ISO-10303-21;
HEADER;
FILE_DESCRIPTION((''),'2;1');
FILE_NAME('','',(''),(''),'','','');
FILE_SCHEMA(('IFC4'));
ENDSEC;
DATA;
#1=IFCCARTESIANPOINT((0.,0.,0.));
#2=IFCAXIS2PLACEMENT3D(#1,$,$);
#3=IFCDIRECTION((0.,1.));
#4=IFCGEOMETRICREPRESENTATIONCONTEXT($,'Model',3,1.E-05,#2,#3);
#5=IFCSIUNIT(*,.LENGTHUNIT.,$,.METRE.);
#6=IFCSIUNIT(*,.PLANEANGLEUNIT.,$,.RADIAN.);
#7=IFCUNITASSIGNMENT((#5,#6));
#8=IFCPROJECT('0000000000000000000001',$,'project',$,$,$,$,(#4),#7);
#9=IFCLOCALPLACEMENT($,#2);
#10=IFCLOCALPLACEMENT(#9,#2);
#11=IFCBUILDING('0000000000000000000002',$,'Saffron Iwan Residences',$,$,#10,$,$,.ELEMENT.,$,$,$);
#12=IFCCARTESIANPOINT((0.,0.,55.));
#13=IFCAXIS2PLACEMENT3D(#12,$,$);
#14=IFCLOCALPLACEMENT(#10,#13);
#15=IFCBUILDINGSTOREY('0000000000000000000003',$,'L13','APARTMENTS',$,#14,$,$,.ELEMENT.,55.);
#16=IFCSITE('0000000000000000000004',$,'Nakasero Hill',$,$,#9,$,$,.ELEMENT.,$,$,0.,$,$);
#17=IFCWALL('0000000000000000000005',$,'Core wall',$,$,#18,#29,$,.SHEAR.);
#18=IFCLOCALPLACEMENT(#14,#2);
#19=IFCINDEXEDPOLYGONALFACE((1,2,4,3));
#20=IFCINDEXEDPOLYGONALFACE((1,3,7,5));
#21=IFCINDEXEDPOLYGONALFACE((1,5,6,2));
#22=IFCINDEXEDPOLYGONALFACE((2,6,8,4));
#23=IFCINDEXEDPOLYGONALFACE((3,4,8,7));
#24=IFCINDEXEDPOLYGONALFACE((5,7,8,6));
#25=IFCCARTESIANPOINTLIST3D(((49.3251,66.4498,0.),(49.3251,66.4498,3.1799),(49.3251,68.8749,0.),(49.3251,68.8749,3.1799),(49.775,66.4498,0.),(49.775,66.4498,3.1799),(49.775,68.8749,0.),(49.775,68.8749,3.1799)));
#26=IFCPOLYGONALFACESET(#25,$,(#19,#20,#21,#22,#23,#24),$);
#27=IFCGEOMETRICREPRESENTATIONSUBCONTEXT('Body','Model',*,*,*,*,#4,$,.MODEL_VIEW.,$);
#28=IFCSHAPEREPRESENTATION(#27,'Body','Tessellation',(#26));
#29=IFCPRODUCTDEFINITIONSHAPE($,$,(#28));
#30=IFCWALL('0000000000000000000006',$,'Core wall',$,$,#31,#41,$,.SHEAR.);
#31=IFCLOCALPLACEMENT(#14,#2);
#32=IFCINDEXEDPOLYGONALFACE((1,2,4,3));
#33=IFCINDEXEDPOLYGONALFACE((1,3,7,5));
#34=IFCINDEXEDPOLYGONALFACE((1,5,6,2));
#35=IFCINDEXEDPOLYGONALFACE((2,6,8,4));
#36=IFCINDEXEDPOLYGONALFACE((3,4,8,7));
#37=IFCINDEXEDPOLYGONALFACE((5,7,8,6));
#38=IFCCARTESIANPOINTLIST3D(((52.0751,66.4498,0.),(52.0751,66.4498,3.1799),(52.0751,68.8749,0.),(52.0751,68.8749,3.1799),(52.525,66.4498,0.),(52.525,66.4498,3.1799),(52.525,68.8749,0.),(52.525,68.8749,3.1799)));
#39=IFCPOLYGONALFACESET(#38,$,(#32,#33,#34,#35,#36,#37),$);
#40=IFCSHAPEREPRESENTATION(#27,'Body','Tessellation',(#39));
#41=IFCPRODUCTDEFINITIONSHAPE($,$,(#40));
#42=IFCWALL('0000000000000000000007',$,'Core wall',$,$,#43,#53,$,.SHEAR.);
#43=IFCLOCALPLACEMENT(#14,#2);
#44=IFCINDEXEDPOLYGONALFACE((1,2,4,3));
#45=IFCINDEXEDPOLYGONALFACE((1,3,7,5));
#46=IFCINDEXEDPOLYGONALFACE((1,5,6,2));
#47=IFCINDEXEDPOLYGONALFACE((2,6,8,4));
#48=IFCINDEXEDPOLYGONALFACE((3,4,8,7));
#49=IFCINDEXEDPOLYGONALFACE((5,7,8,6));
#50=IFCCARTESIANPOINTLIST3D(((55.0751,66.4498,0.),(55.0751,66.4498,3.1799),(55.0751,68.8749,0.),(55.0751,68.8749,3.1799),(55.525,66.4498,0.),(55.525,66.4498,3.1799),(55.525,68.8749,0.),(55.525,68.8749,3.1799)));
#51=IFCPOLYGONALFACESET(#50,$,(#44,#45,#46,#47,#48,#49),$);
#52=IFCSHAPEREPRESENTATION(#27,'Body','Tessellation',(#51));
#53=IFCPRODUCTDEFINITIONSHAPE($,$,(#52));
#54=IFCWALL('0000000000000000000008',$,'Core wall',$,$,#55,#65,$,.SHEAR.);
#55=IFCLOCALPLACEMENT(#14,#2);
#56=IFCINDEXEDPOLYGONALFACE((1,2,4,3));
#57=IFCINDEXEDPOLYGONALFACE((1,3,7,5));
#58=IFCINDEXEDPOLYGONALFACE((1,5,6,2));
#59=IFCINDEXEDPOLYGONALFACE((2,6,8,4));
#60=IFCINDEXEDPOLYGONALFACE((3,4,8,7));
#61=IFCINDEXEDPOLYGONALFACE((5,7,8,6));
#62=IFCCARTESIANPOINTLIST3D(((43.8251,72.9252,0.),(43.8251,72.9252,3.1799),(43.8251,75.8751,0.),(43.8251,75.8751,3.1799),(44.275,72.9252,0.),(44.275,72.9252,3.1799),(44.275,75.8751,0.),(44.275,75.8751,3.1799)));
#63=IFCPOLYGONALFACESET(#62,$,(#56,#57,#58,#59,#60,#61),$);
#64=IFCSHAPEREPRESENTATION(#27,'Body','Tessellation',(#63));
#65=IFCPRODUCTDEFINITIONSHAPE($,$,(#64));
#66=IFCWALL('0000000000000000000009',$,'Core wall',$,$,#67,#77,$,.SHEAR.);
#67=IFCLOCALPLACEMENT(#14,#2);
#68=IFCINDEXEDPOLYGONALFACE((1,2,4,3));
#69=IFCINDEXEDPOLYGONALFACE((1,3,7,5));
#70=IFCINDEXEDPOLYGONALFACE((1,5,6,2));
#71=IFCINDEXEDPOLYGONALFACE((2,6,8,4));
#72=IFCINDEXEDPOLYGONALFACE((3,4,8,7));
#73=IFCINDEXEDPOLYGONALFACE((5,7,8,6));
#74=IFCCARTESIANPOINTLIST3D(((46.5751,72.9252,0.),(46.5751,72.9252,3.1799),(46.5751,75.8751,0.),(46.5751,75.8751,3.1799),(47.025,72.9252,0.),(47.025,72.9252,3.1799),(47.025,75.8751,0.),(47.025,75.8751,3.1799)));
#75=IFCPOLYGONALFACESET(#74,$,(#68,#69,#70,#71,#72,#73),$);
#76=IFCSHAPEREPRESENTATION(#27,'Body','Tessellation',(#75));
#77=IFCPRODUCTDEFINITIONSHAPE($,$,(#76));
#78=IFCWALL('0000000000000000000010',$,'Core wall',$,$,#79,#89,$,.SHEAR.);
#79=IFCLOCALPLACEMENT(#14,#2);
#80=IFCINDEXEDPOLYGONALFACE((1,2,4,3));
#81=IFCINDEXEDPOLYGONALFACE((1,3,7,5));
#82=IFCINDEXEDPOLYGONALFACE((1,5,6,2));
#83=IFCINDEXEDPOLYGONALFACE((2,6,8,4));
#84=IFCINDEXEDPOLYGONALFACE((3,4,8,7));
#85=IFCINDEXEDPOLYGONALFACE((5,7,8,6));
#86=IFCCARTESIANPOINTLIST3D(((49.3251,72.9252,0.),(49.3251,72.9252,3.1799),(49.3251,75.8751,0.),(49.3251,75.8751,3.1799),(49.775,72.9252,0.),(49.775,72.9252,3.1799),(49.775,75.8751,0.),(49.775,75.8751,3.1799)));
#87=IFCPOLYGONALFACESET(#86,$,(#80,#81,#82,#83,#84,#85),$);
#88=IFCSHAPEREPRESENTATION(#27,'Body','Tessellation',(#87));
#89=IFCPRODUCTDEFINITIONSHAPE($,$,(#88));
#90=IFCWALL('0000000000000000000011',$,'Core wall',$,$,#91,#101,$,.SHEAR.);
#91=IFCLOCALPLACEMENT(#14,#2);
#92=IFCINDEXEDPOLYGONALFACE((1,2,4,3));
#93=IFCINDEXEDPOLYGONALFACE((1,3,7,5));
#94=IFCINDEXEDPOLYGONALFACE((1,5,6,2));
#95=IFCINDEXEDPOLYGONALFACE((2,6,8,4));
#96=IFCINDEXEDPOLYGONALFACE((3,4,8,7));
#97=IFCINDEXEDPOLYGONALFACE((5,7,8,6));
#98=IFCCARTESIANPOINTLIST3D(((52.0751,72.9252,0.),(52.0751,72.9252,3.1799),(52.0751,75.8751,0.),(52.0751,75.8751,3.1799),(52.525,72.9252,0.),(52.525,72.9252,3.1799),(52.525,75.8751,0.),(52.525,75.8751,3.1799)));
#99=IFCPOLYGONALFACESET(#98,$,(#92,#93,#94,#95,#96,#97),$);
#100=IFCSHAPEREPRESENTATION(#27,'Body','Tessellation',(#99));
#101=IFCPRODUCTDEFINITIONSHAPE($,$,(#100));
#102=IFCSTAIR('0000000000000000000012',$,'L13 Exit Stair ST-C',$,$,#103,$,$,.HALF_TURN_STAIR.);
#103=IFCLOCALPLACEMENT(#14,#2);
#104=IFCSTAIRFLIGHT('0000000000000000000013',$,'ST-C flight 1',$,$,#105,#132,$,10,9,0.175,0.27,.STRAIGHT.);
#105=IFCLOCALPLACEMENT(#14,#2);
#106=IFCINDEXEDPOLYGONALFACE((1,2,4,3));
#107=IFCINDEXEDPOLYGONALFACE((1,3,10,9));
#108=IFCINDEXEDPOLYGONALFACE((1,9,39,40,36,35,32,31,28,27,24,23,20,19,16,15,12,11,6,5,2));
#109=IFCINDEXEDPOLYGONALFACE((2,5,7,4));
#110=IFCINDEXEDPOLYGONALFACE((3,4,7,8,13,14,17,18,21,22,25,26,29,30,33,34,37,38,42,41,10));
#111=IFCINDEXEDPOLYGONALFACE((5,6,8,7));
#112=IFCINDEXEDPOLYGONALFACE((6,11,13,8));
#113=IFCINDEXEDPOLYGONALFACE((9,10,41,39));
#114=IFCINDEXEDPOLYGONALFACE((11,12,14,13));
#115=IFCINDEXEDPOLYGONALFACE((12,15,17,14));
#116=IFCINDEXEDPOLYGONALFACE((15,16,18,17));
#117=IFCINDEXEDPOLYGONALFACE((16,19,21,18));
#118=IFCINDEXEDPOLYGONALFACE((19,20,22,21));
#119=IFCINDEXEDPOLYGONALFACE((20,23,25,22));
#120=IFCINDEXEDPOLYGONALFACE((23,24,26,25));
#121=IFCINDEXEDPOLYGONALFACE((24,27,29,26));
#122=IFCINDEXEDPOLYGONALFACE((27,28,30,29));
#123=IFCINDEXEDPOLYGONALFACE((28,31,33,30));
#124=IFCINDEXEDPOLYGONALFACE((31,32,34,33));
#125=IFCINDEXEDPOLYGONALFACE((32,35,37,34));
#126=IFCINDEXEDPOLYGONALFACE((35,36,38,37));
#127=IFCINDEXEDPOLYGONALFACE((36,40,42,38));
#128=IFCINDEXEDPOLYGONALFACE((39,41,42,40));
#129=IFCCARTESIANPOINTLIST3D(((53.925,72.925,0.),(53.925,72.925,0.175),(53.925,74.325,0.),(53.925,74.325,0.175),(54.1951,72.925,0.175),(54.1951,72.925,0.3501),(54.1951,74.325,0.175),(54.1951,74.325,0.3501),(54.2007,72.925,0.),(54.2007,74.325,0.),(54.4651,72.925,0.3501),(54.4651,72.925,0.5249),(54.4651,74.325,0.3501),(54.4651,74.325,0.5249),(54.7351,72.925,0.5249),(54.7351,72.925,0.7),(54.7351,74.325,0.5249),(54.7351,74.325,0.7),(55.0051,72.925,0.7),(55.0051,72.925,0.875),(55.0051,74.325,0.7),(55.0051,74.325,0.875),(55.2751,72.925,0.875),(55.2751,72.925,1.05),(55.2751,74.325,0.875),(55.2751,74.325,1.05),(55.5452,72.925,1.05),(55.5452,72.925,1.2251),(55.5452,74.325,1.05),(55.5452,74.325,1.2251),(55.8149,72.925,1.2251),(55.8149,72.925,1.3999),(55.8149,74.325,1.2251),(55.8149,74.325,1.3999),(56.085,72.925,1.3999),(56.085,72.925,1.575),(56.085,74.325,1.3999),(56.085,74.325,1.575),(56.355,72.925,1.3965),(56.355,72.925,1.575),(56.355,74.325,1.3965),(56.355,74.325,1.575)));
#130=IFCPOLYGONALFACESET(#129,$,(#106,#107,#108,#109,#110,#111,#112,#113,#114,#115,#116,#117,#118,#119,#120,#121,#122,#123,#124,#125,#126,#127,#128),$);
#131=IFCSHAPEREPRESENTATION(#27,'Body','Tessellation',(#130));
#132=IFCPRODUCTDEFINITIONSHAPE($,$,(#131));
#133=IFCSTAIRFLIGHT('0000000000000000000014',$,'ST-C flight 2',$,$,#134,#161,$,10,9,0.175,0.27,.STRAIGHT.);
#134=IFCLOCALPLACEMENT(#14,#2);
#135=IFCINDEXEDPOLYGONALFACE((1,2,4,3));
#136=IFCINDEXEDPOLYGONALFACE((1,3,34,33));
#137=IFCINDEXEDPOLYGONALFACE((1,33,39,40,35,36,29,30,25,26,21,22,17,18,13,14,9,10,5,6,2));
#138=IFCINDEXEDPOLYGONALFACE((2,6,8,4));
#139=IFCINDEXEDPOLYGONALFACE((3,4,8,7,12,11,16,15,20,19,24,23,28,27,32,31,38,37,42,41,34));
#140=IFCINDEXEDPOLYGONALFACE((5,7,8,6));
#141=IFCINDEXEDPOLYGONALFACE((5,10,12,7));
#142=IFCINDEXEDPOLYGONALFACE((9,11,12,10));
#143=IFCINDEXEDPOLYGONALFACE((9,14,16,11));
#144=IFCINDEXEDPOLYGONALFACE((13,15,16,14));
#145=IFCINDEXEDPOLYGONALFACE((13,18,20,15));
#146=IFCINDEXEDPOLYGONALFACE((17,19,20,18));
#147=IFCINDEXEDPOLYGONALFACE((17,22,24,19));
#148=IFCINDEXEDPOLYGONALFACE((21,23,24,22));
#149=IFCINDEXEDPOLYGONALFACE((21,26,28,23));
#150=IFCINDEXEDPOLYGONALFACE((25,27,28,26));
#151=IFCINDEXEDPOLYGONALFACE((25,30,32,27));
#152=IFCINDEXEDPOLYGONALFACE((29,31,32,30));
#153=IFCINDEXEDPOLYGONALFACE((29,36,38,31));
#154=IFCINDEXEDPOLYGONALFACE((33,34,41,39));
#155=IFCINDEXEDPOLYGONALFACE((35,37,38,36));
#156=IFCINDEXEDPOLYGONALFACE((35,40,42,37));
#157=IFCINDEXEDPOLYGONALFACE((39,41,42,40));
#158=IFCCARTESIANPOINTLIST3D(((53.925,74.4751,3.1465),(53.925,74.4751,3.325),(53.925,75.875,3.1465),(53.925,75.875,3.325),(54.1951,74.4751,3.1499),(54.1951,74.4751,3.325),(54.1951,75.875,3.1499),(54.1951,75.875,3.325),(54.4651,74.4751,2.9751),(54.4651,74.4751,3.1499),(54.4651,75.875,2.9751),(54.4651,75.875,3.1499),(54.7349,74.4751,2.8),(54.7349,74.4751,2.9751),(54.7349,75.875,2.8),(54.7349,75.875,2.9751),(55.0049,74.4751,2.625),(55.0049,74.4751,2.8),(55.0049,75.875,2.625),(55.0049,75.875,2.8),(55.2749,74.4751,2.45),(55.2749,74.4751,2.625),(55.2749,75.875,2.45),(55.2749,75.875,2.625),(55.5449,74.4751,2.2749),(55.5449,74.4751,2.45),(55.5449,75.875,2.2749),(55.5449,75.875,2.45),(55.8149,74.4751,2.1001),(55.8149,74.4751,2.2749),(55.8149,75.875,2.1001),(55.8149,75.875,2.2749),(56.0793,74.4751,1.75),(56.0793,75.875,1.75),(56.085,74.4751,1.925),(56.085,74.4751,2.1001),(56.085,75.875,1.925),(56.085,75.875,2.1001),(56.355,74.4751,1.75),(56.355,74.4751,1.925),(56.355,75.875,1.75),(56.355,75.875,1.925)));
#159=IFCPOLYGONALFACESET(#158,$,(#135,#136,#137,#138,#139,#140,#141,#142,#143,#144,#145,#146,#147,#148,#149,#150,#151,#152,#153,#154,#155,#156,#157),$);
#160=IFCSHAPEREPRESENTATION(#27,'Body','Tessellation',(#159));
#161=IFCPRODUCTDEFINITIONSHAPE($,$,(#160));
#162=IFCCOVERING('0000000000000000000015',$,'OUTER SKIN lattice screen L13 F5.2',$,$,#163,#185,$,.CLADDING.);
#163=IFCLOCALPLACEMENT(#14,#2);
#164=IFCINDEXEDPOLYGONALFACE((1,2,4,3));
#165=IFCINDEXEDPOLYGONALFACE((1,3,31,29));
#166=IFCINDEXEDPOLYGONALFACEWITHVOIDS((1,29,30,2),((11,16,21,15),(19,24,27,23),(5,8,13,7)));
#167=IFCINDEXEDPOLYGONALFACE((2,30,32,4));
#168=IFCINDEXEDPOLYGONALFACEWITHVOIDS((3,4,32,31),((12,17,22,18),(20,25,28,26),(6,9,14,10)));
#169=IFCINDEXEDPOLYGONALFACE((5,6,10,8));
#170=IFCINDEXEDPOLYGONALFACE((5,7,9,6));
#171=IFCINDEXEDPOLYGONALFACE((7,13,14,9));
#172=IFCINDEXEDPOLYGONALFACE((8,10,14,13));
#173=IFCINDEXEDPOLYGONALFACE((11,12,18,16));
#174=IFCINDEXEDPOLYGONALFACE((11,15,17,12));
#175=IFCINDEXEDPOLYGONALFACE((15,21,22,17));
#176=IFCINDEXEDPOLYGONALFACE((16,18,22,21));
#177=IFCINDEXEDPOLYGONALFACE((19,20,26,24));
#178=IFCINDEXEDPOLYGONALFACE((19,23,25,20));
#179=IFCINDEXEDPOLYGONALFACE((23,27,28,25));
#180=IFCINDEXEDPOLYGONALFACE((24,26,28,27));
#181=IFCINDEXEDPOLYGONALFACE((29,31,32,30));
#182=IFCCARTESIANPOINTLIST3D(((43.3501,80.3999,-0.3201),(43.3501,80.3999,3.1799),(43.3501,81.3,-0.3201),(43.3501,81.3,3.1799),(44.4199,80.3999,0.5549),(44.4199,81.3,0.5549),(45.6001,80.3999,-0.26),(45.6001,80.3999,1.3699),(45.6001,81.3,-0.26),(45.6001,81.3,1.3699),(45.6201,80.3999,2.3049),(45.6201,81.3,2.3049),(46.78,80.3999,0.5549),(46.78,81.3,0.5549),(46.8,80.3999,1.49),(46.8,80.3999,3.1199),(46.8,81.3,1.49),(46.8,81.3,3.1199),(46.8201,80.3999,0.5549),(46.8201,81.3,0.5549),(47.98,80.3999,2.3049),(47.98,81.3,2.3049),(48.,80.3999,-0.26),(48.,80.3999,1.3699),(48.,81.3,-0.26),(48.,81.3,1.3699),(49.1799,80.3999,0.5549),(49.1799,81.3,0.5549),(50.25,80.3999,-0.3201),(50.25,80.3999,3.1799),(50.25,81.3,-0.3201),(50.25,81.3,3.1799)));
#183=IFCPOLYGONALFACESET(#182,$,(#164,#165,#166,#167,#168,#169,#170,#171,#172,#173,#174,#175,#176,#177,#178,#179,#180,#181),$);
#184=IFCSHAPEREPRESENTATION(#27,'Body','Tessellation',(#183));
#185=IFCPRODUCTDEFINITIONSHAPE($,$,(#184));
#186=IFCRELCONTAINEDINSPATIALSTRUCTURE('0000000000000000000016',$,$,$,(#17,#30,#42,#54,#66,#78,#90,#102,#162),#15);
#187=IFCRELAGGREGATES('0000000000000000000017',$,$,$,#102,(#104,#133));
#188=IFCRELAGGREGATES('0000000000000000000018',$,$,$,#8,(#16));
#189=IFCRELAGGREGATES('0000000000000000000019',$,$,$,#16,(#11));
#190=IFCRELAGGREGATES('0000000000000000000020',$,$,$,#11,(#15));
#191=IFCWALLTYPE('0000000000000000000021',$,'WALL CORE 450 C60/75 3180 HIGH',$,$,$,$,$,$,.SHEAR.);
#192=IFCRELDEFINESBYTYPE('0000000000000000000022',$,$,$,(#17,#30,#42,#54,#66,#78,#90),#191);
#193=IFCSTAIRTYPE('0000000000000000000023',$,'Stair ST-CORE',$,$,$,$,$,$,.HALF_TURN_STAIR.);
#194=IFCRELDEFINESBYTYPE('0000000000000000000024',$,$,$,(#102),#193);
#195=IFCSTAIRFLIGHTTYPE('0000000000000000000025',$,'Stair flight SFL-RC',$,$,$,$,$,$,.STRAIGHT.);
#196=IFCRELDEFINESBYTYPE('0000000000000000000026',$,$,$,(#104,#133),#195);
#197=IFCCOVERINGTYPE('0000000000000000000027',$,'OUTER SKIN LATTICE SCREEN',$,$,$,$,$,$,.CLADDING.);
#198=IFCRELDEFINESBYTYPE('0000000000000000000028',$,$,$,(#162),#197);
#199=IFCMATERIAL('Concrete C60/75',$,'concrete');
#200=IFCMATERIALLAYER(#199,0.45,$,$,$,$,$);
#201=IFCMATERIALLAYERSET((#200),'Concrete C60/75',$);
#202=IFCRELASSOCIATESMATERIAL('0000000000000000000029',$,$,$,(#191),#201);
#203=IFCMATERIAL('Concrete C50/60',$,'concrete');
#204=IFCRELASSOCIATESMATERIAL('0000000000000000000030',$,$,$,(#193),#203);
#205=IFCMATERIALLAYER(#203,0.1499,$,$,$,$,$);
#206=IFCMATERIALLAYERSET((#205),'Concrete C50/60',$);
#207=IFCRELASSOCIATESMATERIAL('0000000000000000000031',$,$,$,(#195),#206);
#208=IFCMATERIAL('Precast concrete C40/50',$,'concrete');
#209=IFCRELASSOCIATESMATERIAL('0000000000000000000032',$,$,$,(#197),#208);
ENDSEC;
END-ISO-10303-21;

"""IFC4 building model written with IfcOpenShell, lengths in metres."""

from ifc_helpers import new_model, si_unit, direction, frame, frame_2d, origin, place, context, subcontext, project, spatial, polyline, rectangle, outline, extrude, material, layer, layer_set, type_object, element, aggregate, save


model = new_model("IFC4")

# Units and contexts
model_context = context("Model", 3, precision=1e-05, world=origin(), true_north=direction((0.0, 1.0)))
body_context = subcontext(model_context, "Body", "Model", "MODEL_VIEW")
ifc_project = project(units=[si_unit("LENGTHUNIT", "METRE"), si_unit("PLANEANGLEUNIT", "RADIAN")], contexts=[model_context])

# Site, building, storey
site_placement = place(None, origin())
site = spatial("IfcSite", under=ifc_project, at=site_placement, Name="Nakasero Hill", CompositionType="ELEMENT", RefElevation=0.0)
building_placement = place(site_placement, origin())
building = spatial("IfcBuilding", under=site, at=building_placement, Name="Saffron Iwan Residences", CompositionType="ELEMENT")
storey_placement = place(building_placement, frame((0.0, 0.0, 55.0)))
storey = spatial("IfcBuildingStorey", under=building, at=storey_placement, Name="L13", Description="APARTMENTS", CompositionType="ELEMENT", Elevation=55.0)

# Shared definitions
ifc_material_1 = material(Name="Concrete C60/75", Category="concrete")

# Walls
ifc_layer_1 = layer(ifc_material_1, 0.45)
ifc_layer_set_1 = layer_set([ifc_layer_1], Name="Concrete C60/75")
wall_type_1 = type_object("IfcWallType", Name="WALL CORE 450 C60/75 3180 HIGH", PredefinedType="SHEAR", material=ifc_layer_set_1)
for number, where, z_axis, x_axis, name in (
    (1, (49.55, 66.45, 0.0), (0.0, 0.0, 1.0), (0.0, 1.0, 0.0), "Core wall"),
    (2, (52.3, 66.45, 0.0), (0.0, 0.0, 1.0), (0.0, 1.0, 0.0), "Core wall"),
    (3, (55.3, 66.45, 0.0), (0.0, 0.0, 1.0), (0.0, 1.0, 0.0), "Core wall"),
):
    element("IfcWall", number, at=place(storey_placement, frame(where, z_axis=z_axis, x_axis=x_axis)), inside=storey, type_object=wall_type_1, Name=name, PredefinedType="SHEAR", context=body_context, shape_type="SweptSolid", body=[
        extrude(rectangle(XDim=2.425, YDim=0.45, at=frame_2d((1.2124, 0.0))), origin(), (0.0, 0.0, 1.0), 3.1799),
    ])
for number, where, z_axis, x_axis, name in (
    (4, (44.05, 72.925, 0.0), (0.0, 0.0, 1.0), (0.0, 1.0, 0.0), "Core wall"),
    (5, (46.8, 72.925, 0.0), (0.0, 0.0, 1.0), (0.0, 1.0, 0.0), "Core wall"),
    (6, (49.55, 72.925, 0.0), (0.0, 0.0, 1.0), (0.0, 1.0, 0.0), "Core wall"),
    (7, (52.3, 72.925, 0.0), (0.0, 0.0, 1.0), (0.0, 1.0, 0.0), "Core wall"),
):
    element("IfcWall", number, at=place(storey_placement, frame(where, z_axis=z_axis, x_axis=x_axis)), inside=storey, type_object=wall_type_1, Name=name, PredefinedType="SHEAR", context=body_context, shape_type="SweptSolid", body=[
        extrude(rectangle(XDim=2.95, YDim=0.45, at=frame_2d((1.4751, 0.0))), origin(), (0.0, 0.0, 1.0), 3.1799),
    ])

# Stair, stair flights
ifc_material_2 = material(Name="Concrete C50/60", Category="concrete")
stair_type = type_object("IfcStairType", Name="Stair ST-CORE", PredefinedType="HALF_TURN_STAIR", material=ifc_material_2)
stair_placement = place(storey_placement, origin())
stair = element("IfcStair", 8, at=stair_placement, inside=storey, type_object=stair_type, Name="L13 Exit Stair ST-C", PredefinedType="HALF_TURN_STAIR")
ifc_layer_2 = layer(ifc_material_2, 0.1499)
ifc_layer_set_2 = layer_set([ifc_layer_2], Name="Concrete C50/60")
stair_flight_type = type_object("IfcStairFlightType", Name="Stair flight SFL-RC", PredefinedType="STRAIGHT", material=ifc_layer_set_2)
stair_flight_1_placement = place(storey_placement, frame((53.925, 73.625, 0.0), z_axis=(0.0, 0.0, 1.0), x_axis=(1.0, 0.0, 0.0)))
stair_flight_1 = element("IfcStairFlight", 9, at=stair_flight_1_placement, type_object=stair_flight_type, Name="ST-C flight 1", NumberOfRisers=10, NumberOfTreads=9, PredefinedType="STRAIGHT", RiserHeight=0.175, TreadLength=0.27, context=body_context, shape_type="SweptSolid", body=[
    extrude(outline(polyline([(0.0, 0.0), (0.0, 0.175), (0.27, 0.175), (0.27, 0.3501), (0.54, 0.3501), (0.54, 0.5249), (0.8101, 0.5249), (0.8101, 0.7), (1.0801, 0.7), (1.0801, 0.875), (1.3501, 0.875), (1.3501, 1.05), (1.6201, 1.05), (1.6201, 1.2251), (1.8899, 1.2251), (1.8899, 1.3999), (2.1599, 1.3999), (2.1599, 1.575), (2.4299, 1.575), (2.4299, 1.75), (2.4299, 1.3965), (0.2756, 0.0), (0.0, 0.0)])), frame((0.0, 0.7, 0.0), z_axis=(0.0, -1.0, 0.0), x_axis=(1.0, 0.0, 0.0)), (0.0, 0.0, 1.0), 1.3999),
])
stair_flight_2_placement = place(storey_placement, frame((56.355, 75.175, 1.75), z_axis=(0.0, 0.0, 1.0), x_axis=(-1.0, 0.0, 0.0)))
stair_flight_2 = element("IfcStairFlight", 10, at=stair_flight_2_placement, type_object=stair_flight_type, Name="ST-C flight 2", NumberOfRisers=10, NumberOfTreads=9, PredefinedType="STRAIGHT", RiserHeight=0.175, TreadLength=0.27, context=body_context, shape_type="SweptSolid", body=[
    extrude(outline(polyline([(0.0, 0.0), (0.0, 0.175), (0.27, 0.175), (0.27, 0.3501), (0.54, 0.3501), (0.54, 0.5249), (0.8101, 0.5249), (0.8101, 0.7), (1.0801, 0.7), (1.0801, 0.875), (1.3501, 0.875), (1.3501, 1.05), (1.6201, 1.05), (1.6201, 1.2251), (1.8899, 1.2251), (1.8899, 1.3999), (2.1599, 1.3999), (2.1599, 1.575), (2.4299, 1.575), (2.4299, 1.75), (2.4299, 1.3965), (0.2756, 0.0), (0.0, 0.0)])), frame((0.0, 0.7, 0.0), z_axis=(0.0, -1.0, 0.0), x_axis=(1.0, 0.0, 0.0)), (0.0, 0.0, 1.0), 1.3999),
])
aggregate(stair, [stair_flight_1, stair_flight_2])

# Covering
ifc_material_3 = material(Name="Precast concrete C40/50", Category="concrete")
covering_type_1 = type_object("IfcCoveringType", Name="OUTER SKIN LATTICE SCREEN", PredefinedType="CLADDING", material=ifc_material_3)
covering_1_placement = place(storey_placement, frame((50.25, 80.3999, -0.3201), z_axis=(0.0, 1.0, 0.0), x_axis=(-1.0, 0.0, 0.0)))
element("IfcCovering", 11, at=covering_1_placement, inside=storey, type_object=covering_type_1, Name="OUTER SKIN lattice screen L13 F5.2", PredefinedType="CLADDING", context=body_context, shape_type="SweptSolid", body=[
    extrude(outline(polyline([(0.0, 0.0), (6.8999, 0.0), (6.8999, 3.5), (0.0, 3.5), (0.0, 0.0)]), holes=[polyline([(1.0701, 0.875), (2.25, 0.0601), (3.4299, 0.875), (2.25, 1.6899), (1.0701, 0.875)]), polyline([(3.47, 0.875), (4.6499, 0.0601), (5.8301, 0.875), (4.6499, 1.6899), (3.47, 0.875)]), polyline([(2.27, 2.625), (3.45, 1.8101), (4.6299, 2.625), (3.45, 3.4399), (2.27, 2.625)])]), origin(), (0.0, 0.0, 1.0), 0.9001),
])

save(model, "model.ifc")
